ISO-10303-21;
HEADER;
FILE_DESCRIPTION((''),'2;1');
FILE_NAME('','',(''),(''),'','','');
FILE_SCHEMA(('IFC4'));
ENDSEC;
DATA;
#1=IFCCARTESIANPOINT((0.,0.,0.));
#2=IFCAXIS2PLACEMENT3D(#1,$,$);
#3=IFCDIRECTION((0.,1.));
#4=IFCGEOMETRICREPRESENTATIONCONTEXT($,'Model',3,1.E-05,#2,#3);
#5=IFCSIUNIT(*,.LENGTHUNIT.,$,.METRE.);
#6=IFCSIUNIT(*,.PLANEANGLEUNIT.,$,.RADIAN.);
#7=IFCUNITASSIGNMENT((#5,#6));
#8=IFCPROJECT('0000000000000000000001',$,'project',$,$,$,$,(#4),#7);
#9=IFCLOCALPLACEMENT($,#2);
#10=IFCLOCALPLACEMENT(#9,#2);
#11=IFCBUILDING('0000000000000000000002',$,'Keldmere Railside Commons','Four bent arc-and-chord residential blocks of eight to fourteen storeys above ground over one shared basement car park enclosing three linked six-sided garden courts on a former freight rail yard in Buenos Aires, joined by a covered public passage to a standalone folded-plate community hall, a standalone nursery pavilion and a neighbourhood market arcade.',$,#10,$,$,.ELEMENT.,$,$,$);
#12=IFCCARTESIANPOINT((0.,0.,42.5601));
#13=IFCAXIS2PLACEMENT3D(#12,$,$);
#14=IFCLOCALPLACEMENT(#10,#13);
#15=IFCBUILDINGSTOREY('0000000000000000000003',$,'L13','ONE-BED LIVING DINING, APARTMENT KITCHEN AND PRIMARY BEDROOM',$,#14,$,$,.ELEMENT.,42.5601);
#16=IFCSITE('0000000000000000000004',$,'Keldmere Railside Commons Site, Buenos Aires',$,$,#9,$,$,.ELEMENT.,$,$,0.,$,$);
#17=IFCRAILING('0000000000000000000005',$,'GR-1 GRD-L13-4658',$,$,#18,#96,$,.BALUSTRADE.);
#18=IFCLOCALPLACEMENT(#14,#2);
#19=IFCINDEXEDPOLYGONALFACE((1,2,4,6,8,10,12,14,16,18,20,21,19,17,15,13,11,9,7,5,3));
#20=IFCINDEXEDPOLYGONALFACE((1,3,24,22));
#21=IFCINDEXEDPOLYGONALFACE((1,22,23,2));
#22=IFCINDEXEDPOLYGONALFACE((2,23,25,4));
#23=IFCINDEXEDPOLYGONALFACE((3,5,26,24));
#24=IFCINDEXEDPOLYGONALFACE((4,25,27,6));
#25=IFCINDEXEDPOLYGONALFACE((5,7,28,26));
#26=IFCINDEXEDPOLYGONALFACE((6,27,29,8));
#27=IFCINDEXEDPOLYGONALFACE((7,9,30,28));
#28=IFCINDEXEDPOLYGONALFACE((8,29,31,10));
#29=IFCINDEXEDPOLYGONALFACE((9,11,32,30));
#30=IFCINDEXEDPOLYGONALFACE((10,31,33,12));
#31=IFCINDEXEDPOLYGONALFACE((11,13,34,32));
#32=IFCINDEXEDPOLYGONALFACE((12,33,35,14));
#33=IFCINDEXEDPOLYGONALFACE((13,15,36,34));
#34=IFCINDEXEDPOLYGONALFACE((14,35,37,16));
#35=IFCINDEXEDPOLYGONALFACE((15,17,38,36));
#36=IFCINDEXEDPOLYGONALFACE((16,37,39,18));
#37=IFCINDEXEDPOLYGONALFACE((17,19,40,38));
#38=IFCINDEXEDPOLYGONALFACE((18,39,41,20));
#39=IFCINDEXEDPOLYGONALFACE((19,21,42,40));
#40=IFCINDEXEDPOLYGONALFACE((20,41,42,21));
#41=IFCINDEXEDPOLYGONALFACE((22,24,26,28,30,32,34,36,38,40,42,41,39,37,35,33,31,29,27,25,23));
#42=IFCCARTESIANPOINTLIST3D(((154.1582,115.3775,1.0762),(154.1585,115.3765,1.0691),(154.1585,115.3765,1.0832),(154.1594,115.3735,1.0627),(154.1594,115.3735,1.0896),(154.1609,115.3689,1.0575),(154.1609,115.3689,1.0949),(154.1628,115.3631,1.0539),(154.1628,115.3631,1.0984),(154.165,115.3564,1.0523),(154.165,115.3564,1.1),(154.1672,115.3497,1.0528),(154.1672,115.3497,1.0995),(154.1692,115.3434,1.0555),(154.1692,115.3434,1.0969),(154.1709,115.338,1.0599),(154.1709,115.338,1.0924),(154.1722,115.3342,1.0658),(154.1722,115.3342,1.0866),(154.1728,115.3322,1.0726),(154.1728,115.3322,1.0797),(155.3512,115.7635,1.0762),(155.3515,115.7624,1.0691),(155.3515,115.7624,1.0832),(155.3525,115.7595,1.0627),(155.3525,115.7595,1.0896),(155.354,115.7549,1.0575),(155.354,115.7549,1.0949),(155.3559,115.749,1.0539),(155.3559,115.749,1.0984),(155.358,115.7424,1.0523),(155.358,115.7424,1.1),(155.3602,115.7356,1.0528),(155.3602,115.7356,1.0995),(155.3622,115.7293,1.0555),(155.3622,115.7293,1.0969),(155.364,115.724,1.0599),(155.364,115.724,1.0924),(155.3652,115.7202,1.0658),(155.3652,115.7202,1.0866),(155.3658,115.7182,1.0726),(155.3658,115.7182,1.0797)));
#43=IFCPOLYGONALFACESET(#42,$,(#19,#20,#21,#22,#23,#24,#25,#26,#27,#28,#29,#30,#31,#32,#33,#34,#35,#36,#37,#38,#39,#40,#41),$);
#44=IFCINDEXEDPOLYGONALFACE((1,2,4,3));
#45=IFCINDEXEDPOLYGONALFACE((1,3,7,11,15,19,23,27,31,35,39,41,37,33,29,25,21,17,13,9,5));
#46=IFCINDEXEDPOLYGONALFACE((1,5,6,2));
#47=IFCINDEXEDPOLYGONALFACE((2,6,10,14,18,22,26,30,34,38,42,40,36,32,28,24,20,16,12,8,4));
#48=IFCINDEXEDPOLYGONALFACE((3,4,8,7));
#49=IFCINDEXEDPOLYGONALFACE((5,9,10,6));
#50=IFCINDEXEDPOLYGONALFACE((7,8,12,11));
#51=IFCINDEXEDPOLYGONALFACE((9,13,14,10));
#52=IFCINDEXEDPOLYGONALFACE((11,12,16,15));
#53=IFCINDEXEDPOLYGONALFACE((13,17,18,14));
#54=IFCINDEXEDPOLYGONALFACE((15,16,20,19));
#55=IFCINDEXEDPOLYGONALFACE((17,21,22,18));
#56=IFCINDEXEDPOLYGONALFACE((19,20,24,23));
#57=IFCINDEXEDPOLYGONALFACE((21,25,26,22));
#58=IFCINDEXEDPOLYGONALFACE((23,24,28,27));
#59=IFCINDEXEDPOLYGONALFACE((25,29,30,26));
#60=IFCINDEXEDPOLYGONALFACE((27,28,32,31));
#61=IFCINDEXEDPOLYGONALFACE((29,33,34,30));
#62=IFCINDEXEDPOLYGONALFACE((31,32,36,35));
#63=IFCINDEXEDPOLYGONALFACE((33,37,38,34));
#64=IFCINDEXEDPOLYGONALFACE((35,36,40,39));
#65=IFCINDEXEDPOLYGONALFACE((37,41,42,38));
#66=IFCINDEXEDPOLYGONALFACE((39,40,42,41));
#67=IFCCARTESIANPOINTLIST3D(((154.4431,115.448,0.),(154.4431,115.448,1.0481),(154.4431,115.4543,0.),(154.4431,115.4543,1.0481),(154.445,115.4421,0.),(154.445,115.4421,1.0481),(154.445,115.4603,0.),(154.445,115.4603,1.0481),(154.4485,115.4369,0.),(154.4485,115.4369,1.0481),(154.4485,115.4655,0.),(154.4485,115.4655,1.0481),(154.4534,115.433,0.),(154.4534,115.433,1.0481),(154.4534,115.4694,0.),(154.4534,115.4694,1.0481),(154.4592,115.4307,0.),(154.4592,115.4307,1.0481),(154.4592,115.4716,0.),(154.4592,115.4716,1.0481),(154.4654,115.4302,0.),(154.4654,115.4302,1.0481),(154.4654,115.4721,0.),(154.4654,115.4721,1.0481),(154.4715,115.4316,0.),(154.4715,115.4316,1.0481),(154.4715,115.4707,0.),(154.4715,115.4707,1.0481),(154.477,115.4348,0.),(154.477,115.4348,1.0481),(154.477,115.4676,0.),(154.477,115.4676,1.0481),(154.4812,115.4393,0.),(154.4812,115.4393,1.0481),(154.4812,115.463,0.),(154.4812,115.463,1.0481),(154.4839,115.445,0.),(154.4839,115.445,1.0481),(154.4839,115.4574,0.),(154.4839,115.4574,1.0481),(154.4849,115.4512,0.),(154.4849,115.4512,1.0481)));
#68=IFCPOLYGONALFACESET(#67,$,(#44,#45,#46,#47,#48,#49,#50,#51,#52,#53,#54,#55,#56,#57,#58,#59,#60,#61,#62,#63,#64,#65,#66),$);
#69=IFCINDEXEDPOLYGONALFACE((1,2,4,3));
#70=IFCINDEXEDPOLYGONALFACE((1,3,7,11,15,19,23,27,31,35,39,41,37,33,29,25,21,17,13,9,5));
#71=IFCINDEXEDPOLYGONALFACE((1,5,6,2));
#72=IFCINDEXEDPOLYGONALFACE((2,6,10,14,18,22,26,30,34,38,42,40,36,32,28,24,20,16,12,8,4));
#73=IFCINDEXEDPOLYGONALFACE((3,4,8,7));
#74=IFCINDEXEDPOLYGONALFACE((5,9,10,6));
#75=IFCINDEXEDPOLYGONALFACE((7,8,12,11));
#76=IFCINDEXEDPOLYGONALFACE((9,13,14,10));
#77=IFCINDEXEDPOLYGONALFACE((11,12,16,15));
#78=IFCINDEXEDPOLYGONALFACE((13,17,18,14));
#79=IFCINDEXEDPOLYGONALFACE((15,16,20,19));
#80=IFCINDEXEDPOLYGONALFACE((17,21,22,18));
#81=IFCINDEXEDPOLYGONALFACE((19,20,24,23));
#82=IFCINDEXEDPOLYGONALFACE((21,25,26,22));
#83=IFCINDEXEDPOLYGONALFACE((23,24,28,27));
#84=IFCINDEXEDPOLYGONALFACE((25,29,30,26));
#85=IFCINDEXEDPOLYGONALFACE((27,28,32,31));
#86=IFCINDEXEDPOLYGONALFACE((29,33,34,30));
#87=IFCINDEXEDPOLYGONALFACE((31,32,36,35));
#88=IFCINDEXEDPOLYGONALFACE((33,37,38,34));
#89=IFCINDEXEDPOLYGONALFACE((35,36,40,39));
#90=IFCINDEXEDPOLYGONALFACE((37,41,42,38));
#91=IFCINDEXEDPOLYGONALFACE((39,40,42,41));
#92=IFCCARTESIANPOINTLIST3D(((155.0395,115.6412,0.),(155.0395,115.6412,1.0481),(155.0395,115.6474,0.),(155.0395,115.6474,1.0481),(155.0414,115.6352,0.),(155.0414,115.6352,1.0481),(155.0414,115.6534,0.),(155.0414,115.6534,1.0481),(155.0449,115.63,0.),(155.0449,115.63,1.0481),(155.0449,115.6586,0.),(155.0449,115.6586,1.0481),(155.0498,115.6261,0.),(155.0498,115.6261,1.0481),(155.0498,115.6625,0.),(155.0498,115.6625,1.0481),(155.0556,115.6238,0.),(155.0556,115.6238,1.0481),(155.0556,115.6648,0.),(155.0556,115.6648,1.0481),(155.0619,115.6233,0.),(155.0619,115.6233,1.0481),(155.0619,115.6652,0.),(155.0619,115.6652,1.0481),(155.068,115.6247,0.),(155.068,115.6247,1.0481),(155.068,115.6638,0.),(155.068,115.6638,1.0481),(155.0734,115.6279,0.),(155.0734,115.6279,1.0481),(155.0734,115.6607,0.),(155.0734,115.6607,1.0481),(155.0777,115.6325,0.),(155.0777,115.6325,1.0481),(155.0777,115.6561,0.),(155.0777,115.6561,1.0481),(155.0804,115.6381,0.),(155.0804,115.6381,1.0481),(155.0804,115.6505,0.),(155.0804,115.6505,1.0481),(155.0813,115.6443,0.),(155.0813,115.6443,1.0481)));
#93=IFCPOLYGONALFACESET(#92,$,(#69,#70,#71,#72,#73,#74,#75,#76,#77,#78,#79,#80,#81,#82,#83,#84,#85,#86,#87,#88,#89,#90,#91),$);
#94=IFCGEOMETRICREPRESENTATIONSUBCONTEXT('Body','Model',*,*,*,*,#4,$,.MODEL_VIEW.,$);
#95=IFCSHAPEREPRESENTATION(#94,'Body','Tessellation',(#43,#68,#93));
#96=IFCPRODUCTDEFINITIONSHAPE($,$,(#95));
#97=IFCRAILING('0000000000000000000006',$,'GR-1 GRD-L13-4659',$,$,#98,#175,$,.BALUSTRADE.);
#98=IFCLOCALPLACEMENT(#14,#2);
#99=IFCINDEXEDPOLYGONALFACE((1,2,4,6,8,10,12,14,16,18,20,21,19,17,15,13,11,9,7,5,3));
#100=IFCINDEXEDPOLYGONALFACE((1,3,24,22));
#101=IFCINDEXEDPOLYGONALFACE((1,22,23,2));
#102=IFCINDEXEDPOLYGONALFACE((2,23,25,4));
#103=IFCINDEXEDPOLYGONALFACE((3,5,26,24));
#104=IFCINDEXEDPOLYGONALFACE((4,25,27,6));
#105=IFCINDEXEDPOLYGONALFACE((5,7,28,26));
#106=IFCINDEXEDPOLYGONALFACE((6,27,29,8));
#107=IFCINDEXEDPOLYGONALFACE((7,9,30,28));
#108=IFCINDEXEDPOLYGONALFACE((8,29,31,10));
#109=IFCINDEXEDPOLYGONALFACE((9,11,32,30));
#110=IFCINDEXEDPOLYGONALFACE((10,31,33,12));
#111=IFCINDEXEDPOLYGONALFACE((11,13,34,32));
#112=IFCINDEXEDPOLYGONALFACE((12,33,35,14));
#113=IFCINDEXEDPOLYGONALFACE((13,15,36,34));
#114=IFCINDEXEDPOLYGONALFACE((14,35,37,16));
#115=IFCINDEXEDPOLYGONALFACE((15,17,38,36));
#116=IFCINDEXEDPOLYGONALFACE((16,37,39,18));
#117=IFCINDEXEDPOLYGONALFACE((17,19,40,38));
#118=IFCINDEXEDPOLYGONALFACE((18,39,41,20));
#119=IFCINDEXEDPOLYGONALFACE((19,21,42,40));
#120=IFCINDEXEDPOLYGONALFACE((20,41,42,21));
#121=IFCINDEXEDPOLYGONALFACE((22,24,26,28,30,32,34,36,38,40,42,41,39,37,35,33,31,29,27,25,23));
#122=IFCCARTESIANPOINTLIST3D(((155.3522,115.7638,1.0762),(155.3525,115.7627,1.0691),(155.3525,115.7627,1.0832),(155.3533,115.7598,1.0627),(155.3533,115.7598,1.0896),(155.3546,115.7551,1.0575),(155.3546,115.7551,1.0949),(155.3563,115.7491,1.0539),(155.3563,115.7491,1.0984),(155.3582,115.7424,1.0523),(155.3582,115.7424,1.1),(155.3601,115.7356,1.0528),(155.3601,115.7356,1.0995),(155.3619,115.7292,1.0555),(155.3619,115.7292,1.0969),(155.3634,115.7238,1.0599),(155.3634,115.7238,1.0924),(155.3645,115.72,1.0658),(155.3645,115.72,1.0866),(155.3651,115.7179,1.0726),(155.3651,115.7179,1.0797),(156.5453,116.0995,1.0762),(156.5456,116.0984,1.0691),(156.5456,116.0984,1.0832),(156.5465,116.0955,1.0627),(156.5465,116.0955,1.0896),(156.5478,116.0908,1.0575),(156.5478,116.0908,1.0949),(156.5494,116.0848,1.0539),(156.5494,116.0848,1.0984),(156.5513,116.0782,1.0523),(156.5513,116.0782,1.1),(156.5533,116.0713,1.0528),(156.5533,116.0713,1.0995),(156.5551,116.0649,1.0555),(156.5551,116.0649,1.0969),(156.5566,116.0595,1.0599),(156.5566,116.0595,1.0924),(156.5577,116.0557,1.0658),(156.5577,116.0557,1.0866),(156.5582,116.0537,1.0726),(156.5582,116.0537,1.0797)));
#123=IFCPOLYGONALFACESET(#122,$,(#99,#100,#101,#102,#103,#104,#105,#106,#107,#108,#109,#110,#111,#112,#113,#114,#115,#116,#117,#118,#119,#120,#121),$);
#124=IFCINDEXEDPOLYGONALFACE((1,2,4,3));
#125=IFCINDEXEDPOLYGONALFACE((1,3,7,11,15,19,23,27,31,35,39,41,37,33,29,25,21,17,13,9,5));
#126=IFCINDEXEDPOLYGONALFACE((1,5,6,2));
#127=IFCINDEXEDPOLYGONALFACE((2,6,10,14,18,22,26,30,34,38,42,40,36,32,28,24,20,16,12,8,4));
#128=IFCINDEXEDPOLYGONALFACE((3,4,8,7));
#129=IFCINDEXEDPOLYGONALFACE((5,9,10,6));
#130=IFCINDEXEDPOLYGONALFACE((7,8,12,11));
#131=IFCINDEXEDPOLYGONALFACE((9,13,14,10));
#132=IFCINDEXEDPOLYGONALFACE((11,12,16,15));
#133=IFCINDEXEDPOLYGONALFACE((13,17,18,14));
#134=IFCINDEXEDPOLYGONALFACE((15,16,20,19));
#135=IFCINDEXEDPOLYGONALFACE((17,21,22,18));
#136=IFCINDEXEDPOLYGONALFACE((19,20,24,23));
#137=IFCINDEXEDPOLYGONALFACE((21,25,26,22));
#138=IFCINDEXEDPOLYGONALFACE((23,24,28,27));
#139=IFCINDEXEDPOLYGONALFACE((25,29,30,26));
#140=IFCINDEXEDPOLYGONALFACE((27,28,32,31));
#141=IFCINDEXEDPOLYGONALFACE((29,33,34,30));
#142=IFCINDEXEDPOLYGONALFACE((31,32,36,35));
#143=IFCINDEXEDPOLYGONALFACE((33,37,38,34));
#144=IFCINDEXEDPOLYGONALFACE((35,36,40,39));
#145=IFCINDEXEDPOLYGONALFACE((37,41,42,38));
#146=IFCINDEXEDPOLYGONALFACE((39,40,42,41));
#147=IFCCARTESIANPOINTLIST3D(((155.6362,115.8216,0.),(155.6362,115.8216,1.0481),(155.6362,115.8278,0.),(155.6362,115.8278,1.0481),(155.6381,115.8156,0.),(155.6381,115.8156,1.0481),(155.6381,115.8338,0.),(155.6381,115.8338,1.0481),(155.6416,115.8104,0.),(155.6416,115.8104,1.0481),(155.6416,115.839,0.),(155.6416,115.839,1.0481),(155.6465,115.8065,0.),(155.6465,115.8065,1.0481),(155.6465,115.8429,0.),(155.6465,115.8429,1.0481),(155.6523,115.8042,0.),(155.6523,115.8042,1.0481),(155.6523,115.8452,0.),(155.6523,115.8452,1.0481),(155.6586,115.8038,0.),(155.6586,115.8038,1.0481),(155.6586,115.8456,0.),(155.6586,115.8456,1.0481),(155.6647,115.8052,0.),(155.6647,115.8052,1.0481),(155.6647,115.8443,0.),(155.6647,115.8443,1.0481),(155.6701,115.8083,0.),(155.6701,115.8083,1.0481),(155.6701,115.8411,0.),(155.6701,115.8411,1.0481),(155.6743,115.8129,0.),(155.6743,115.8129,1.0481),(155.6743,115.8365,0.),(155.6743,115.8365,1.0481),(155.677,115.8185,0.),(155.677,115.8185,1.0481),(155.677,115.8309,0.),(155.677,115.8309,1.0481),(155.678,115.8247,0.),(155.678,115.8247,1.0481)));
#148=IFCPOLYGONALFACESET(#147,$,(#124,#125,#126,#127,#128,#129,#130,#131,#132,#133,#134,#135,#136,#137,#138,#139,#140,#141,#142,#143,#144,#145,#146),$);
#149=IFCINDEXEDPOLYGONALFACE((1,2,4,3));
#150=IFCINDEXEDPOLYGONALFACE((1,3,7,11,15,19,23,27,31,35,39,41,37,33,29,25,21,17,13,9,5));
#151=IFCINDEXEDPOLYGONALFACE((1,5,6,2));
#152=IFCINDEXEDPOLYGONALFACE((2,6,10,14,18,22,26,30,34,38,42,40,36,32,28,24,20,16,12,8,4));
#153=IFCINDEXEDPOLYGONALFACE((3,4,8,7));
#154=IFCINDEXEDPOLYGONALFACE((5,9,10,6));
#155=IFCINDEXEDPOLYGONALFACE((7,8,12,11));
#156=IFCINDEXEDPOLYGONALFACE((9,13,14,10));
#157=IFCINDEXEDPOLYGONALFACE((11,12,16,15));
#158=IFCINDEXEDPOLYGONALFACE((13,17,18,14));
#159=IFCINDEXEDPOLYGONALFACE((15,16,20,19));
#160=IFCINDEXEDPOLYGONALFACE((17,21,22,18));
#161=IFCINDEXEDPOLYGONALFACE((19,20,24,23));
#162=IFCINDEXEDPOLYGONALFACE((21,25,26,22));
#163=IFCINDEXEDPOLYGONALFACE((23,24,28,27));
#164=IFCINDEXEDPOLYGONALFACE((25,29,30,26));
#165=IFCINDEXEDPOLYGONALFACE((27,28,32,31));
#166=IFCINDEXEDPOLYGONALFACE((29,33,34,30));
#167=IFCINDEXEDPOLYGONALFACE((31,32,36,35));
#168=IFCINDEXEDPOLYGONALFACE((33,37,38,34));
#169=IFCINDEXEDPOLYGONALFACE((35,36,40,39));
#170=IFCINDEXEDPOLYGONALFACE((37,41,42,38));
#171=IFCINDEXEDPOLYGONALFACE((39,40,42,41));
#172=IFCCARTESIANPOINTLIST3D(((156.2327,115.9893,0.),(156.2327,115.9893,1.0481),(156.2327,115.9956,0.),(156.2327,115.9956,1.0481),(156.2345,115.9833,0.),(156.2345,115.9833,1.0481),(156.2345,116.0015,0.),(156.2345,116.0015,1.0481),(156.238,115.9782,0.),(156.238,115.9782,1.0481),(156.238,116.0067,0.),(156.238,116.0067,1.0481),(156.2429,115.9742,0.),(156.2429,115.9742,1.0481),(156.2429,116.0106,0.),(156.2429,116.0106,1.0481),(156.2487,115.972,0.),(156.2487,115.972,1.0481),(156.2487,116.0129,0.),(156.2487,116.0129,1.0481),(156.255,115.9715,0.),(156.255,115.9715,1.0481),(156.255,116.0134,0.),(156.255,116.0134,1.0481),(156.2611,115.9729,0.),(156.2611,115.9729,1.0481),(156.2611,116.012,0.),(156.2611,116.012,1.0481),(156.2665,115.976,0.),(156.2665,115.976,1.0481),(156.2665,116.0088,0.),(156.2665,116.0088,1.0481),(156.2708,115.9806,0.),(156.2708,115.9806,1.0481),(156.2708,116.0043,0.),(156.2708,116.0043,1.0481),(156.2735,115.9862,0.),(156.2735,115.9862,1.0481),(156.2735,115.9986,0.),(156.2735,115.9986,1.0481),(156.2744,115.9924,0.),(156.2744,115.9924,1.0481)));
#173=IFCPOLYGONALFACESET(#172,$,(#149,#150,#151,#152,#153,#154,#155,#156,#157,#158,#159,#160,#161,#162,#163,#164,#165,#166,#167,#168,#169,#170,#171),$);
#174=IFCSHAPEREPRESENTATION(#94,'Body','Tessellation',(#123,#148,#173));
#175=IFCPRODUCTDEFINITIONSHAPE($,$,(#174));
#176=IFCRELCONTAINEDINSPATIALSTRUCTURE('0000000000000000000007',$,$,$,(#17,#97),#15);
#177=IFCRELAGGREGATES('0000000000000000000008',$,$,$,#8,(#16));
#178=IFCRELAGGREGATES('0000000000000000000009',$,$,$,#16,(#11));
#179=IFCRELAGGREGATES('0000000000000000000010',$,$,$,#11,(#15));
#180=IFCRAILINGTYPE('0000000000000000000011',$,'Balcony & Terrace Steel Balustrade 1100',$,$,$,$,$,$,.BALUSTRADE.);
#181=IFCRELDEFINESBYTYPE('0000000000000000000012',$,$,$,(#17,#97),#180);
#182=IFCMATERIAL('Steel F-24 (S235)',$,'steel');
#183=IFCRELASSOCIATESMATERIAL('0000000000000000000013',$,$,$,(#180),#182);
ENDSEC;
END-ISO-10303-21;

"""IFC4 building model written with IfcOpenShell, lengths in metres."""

from ifc_helpers import new_model, si_unit, direction, frame, origin, origin_2d, place, context, subcontext, project, spatial, circle, extrude, material, type_object, element, save


model = new_model("IFC4")

# Units and contexts
model_context = context("Model", 3, precision=1e-05, world=origin(), true_north=direction((0.0, 1.0)))
body_context = subcontext(model_context, "Body", "Model", "MODEL_VIEW")
ifc_project = project(units=[si_unit("LENGTHUNIT", "METRE"), si_unit("PLANEANGLEUNIT", "RADIAN")], contexts=[model_context])

# Site, building, storey
site_placement = place(None, origin())
site = spatial("IfcSite", under=ifc_project, at=site_placement, Name="Keldmere Railside Commons Site, Buenos Aires", CompositionType="ELEMENT", RefElevation=0.0)
building_placement = place(site_placement, origin())
building = spatial("IfcBuilding", under=site, at=building_placement, Name="Keldmere Railside Commons", Description="Four bent arc-and-chord residential blocks of eight to fourteen storeys above ground over one shared basement car park enclosing three linked six-sided garden courts on a former freight rail yard in Buenos Aires, joined by a covered public passage to a standalone folded-plate community hall, a standalone nursery pavilion and a neighbourhood market arcade.", CompositionType="ELEMENT")
storey_placement = place(building_placement, frame((0.0, 0.0, 42.5601)))
storey = spatial("IfcBuildingStorey", under=building, at=storey_placement, Name="L13", Description="ONE-BED LIVING DINING, APARTMENT KITCHEN AND PRIMARY BEDROOM", CompositionType="ELEMENT", Elevation=42.5601)

# Shared definitions
ifc_material_1 = material(Name="Steel F-24 (S235)", Category="steel")

# Railings
railing_type_1 = type_object("IfcRailingType", Name="Balcony & Terrace Steel Balustrade 1100", PredefinedType="BALUSTRADE", material=ifc_material_1)
railing_1_placement = place(storey_placement, frame((154.1655, 115.3547, 0.0)))
element("IfcRailing", 1, at=railing_1_placement, inside=storey, type_object=railing_type_1, Name="GR-1 GRD-L13-4658", PredefinedType="BALUSTRADE", context=body_context, shape_type="SweptSolid", body=[
    extrude(circle(Radius=0.0239, at=origin_2d()), frame((0.0, 0.0, 1.0762), z_axis=(0.95145, 0.307805, 0.0), x_axis=(-0.307805, 0.95145, 0.0)), (0.0, 0.0, 1.0), 1.2539),
    extrude(circle(Radius=0.021, at=origin_2d()), frame((0.2983, 0.0964, 0.0)), (0.0, 0.0, 1.0), 1.0481),
    extrude(circle(Radius=0.021, at=origin_2d()), frame((0.8948, 0.2896, 0.0)), (0.0, 0.0, 1.0), 1.0481),
])
railing_2_placement = place(storey_placement, frame((155.3586, 115.7407, 0.0)))
element("IfcRailing", 2, at=railing_2_placement, inside=storey, type_object=railing_type_1, Name="GR-1 GRD-L13-4659", PredefinedType="BALUSTRADE", context=body_context, shape_type="SweptSolid", body=[
    extrude(circle(Radius=0.0239, at=origin_2d()), frame((0.0, 0.0, 1.0762), z_axis=(0.962624, 0.270843, 0.0), x_axis=(-0.270843, 0.962624, 0.0)), (0.0, 0.0, 1.0), 1.2395),
    extrude(circle(Radius=0.021, at=origin_2d()), frame((0.2983, 0.084, 0.0)), (0.0, 0.0, 1.0), 1.0481),
    extrude(circle(Radius=0.021, at=origin_2d()), frame((0.8948, 0.2517, 0.0)), (0.0, 0.0, 1.0), 1.0481),
])

save(model, "model.ifc")
